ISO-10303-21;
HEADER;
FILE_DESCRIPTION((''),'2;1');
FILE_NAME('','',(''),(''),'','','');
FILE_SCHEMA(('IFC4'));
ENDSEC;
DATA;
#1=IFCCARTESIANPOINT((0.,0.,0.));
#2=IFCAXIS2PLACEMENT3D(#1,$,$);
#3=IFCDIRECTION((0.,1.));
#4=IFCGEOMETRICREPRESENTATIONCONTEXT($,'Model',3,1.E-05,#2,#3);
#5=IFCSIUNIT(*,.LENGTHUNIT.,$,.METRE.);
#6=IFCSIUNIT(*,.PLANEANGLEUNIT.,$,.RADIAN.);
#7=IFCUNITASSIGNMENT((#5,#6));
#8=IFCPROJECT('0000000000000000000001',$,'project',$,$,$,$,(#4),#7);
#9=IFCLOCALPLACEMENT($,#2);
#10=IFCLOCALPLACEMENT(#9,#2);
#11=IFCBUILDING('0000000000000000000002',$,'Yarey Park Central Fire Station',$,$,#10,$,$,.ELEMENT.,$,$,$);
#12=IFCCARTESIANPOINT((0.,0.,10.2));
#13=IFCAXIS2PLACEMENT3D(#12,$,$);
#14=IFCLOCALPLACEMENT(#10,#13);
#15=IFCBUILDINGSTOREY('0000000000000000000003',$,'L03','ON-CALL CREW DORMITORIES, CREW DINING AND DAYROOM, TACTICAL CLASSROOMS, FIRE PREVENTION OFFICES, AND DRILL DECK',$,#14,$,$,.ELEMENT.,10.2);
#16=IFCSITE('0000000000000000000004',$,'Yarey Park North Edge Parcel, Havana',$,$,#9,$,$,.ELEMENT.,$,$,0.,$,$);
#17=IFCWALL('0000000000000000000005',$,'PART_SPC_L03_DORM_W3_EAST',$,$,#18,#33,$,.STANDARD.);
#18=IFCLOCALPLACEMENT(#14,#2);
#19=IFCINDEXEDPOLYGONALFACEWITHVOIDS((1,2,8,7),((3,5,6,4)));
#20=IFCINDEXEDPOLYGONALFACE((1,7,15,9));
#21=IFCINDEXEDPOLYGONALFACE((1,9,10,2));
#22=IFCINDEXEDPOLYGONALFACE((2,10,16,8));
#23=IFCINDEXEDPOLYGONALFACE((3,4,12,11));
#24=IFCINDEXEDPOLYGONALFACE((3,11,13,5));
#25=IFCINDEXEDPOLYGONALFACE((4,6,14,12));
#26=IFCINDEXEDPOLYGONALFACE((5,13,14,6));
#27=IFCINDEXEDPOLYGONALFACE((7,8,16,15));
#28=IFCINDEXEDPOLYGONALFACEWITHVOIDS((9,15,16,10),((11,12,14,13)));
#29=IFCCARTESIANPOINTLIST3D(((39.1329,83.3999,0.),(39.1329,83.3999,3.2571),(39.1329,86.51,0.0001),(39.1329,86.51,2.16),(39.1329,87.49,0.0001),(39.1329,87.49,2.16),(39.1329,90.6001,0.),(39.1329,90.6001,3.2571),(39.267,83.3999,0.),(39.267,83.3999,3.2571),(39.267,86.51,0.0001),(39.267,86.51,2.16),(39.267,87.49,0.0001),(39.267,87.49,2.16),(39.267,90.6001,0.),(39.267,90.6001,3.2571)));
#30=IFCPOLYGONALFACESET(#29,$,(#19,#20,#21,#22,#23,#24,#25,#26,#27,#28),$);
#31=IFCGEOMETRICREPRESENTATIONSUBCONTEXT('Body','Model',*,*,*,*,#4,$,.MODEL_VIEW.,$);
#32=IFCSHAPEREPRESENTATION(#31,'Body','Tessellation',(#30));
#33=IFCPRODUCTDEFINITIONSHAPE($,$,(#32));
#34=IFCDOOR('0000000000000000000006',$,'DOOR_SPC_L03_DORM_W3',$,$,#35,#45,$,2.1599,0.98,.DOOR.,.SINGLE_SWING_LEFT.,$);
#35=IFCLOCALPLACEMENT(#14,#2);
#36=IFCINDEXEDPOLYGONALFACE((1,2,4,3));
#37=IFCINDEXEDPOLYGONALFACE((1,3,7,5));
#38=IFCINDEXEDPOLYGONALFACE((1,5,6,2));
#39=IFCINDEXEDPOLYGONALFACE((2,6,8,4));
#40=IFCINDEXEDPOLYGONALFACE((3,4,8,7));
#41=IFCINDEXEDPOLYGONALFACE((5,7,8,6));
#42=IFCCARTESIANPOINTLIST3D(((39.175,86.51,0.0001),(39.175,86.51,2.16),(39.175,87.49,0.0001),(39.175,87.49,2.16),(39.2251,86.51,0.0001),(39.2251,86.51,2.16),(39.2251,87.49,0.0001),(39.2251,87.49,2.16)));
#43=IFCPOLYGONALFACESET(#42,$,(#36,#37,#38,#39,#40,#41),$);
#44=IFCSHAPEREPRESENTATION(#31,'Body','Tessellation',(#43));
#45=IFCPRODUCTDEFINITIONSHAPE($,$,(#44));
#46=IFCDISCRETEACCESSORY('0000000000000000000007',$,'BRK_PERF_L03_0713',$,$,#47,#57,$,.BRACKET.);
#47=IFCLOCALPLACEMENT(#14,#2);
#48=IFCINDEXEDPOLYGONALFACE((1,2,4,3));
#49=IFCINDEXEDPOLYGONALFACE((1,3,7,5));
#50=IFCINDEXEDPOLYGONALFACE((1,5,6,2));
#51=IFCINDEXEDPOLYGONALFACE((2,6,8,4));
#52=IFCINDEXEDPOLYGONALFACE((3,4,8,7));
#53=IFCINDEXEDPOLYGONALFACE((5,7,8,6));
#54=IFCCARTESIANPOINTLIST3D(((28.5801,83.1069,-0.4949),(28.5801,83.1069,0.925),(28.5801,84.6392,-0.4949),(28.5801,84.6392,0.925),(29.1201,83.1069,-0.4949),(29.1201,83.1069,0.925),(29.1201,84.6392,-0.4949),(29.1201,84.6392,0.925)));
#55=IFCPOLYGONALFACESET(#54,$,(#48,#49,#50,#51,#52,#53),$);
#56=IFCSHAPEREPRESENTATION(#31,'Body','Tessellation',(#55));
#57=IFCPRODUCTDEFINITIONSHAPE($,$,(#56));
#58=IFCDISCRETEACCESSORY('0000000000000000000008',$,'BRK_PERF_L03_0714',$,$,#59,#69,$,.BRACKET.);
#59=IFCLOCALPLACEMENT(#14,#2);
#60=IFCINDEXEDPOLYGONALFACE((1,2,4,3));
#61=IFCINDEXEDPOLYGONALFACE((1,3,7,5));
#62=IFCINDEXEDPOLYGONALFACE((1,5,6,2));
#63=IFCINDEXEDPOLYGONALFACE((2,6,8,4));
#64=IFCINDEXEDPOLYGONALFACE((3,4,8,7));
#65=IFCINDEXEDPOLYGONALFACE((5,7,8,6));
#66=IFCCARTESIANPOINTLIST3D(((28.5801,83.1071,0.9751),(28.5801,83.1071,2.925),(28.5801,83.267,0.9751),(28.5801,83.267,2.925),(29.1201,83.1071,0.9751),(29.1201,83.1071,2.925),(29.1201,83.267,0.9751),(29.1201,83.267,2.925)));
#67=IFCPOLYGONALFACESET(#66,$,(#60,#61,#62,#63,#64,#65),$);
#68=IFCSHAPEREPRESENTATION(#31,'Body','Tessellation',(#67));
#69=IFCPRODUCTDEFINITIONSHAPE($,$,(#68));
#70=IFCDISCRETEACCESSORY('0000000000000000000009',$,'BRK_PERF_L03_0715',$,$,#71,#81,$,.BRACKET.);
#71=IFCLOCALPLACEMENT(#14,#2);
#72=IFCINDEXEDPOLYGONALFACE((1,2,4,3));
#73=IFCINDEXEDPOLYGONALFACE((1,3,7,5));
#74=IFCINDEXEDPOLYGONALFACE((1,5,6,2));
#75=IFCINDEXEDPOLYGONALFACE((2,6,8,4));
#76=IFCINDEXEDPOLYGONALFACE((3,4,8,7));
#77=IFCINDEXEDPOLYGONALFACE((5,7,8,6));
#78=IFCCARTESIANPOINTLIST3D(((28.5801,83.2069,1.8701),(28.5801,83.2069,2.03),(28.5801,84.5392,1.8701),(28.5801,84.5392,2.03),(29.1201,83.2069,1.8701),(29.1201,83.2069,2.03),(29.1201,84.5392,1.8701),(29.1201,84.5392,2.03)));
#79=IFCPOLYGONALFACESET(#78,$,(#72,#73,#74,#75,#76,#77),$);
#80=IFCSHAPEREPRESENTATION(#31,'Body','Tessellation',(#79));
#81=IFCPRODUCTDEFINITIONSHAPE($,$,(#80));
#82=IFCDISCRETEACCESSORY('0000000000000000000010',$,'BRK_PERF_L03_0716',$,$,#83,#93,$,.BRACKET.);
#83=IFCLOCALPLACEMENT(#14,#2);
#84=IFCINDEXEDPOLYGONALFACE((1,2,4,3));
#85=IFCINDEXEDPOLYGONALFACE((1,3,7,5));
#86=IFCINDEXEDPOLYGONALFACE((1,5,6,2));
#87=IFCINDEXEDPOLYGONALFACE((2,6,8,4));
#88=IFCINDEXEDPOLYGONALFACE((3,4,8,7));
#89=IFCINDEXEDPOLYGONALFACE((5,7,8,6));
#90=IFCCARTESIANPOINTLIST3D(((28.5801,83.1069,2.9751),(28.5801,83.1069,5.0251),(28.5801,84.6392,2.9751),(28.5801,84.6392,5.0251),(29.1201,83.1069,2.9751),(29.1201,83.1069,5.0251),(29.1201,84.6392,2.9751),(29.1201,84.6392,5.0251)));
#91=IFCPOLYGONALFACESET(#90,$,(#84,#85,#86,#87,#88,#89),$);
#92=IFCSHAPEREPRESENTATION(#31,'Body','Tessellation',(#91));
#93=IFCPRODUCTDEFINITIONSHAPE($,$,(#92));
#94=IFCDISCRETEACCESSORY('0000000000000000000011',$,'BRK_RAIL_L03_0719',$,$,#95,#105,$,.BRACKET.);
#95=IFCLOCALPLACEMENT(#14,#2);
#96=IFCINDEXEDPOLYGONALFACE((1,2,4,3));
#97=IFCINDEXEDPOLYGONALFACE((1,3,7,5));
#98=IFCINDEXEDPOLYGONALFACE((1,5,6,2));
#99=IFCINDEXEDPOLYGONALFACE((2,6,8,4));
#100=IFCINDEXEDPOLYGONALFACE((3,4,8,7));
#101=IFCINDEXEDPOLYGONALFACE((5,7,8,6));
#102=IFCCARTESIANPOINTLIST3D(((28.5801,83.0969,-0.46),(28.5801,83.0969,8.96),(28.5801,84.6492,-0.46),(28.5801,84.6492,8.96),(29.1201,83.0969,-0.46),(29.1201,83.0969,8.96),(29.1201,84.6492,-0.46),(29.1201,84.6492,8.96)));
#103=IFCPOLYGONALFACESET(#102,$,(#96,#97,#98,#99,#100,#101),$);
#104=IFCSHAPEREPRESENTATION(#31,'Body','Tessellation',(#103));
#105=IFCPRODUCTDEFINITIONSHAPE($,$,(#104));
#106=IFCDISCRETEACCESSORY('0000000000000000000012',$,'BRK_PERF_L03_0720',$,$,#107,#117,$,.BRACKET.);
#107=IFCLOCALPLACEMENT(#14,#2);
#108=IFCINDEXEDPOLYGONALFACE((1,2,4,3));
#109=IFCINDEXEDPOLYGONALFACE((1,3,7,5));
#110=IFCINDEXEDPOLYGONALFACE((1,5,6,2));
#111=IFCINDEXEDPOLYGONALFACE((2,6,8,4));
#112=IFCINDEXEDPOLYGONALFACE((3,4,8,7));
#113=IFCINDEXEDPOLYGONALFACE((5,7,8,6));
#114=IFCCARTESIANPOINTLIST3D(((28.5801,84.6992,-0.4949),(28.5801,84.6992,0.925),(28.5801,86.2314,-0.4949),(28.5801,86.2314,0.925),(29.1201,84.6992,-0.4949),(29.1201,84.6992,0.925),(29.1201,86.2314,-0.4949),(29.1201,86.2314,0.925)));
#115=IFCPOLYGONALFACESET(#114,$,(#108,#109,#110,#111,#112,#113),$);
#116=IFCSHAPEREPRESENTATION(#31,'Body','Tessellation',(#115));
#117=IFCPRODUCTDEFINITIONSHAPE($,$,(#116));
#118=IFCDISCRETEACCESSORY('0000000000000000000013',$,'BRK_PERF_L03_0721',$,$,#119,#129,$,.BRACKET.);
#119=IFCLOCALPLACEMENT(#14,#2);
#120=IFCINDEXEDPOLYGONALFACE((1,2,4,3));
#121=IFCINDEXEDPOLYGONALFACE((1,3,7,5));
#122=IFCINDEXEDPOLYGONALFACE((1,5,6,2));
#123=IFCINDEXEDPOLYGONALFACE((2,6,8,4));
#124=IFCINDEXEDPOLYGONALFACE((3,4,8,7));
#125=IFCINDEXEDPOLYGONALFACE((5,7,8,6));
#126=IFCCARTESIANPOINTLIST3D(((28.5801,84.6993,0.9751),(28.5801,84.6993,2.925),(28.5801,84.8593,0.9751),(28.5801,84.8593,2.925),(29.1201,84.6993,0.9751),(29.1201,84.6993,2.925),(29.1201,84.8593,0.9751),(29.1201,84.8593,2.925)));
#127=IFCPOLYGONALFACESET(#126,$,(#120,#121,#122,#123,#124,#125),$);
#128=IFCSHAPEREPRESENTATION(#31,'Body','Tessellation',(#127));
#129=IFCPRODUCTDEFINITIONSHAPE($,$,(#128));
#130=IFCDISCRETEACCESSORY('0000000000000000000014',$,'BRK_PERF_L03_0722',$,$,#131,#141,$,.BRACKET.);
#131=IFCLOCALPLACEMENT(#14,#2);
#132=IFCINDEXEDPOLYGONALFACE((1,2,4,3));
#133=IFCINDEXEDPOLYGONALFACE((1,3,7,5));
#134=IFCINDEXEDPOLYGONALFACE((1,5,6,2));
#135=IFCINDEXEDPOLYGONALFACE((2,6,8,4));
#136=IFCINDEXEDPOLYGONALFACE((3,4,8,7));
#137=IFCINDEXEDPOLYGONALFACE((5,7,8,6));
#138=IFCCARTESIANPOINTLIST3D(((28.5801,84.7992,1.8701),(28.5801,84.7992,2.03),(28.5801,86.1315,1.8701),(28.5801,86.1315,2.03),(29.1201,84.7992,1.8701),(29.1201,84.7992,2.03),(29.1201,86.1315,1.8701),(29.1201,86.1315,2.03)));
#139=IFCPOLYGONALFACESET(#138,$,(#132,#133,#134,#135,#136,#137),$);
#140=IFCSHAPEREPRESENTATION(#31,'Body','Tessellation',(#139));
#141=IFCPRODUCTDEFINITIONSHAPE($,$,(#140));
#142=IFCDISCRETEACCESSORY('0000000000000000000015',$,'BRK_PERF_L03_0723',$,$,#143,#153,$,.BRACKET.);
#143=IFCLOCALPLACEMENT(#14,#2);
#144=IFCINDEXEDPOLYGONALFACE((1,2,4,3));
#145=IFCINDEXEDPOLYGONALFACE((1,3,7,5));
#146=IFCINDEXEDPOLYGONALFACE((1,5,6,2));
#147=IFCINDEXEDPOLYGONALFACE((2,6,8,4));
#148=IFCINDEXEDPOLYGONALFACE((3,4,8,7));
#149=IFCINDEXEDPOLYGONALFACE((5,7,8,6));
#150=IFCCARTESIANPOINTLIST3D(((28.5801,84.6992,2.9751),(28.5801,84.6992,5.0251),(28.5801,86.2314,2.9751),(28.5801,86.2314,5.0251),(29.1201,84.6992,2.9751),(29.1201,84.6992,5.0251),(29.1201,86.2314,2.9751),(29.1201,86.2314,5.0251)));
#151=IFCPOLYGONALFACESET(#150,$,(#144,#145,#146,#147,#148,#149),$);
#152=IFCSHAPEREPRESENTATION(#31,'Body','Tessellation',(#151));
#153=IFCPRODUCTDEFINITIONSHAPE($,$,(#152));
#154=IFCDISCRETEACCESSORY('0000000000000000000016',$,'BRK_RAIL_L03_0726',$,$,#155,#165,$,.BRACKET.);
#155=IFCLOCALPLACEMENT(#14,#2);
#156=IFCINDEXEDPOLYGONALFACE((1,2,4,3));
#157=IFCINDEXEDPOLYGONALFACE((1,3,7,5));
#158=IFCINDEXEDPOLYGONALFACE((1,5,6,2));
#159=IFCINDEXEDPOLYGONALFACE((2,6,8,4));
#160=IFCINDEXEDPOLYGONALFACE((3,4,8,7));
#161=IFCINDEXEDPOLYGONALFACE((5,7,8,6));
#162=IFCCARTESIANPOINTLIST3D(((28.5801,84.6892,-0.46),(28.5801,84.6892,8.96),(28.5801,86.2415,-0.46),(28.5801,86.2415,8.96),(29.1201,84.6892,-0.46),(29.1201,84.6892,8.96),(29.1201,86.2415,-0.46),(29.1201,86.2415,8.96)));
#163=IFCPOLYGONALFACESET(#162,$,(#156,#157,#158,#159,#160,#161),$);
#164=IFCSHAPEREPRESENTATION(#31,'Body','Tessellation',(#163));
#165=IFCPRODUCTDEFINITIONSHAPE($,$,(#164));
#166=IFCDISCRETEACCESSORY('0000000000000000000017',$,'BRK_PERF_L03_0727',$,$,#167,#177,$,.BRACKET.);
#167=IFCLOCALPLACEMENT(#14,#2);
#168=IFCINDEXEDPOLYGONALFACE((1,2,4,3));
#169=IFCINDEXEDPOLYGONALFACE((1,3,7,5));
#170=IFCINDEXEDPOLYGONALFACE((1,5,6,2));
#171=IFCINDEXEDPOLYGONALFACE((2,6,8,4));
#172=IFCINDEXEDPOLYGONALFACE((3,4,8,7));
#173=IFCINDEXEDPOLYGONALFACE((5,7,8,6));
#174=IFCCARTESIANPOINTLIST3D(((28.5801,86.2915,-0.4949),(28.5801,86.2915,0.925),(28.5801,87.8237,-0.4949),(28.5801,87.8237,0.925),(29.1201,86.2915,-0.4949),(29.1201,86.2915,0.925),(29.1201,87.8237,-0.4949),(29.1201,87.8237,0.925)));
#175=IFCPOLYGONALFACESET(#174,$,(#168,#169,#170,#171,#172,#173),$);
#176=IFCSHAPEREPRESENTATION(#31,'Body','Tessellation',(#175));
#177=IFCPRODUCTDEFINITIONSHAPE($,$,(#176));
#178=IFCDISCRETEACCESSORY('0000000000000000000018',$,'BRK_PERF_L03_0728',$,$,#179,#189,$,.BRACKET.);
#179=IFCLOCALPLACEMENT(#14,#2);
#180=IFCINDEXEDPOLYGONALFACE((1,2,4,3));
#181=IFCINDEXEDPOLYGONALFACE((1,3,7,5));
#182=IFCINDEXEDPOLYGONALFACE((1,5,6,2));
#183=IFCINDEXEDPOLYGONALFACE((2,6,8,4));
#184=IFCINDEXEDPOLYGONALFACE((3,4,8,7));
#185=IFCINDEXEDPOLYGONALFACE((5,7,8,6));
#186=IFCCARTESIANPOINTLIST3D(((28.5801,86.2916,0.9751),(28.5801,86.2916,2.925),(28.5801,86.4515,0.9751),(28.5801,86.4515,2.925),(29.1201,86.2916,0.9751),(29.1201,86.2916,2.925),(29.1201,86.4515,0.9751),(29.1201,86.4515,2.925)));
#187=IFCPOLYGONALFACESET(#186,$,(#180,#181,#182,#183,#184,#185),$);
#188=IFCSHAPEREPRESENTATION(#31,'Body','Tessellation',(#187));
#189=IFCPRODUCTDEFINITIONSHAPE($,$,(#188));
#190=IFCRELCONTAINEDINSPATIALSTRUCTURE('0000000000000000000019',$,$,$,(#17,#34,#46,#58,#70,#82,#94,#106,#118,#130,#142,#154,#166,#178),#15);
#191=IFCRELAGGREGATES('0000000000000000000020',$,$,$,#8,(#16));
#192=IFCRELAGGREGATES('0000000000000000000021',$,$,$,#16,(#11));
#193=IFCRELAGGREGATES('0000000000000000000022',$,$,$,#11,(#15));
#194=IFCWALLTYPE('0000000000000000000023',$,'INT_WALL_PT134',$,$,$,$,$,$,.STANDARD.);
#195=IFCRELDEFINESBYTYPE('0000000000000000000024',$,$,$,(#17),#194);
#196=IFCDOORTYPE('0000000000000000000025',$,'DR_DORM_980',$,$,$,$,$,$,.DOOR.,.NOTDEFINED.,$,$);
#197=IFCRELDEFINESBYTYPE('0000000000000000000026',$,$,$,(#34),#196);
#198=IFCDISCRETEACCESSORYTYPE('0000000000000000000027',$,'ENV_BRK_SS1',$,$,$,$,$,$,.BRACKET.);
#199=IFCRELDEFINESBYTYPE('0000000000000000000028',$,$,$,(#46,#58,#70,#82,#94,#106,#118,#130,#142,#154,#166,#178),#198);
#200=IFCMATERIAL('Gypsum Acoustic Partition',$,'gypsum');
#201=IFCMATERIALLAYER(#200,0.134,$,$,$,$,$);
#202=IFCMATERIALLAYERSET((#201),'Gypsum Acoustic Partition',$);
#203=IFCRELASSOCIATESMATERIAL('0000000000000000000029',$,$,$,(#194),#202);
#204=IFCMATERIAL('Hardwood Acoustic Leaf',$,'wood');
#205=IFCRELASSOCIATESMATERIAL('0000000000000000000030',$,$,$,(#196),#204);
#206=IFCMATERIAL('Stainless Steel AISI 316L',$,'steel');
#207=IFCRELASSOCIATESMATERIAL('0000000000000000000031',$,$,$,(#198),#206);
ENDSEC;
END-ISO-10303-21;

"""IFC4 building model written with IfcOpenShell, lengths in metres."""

from ifc_helpers import new_model, si_unit, direction, frame, frame_2d, origin, origin_2d, place, context, subcontext, project, spatial, rectangle, extrude, material, layer, layer_set, type_object, element, fill, save


model = new_model("IFC4")

# Units and contexts
model_context = context("Model", 3, precision=1e-05, world=origin(), true_north=direction((0.0, 1.0)))
body_context = subcontext(model_context, "Body", "Model", "MODEL_VIEW")
ifc_project = project(units=[si_unit("LENGTHUNIT", "METRE"), si_unit("PLANEANGLEUNIT", "RADIAN")], contexts=[model_context])

# Site, building, storey
site_placement = place(None, origin())
site = spatial("IfcSite", under=ifc_project, at=site_placement, Name="Yarey Park North Edge Parcel, Havana", CompositionType="ELEMENT", RefElevation=0.0)
building_placement = place(site_placement, origin())
building = spatial("IfcBuilding", under=site, at=building_placement, Name="Yarey Park Central Fire Station", CompositionType="ELEMENT")
storey_placement = place(building_placement, frame((0.0, 0.0, 10.2)))
storey = spatial("IfcBuildingStorey", under=building, at=storey_placement, Name="L03", Description="ON-CALL CREW DORMITORIES, CREW DINING AND DAYROOM, TACTICAL CLASSROOMS, FIRE PREVENTION OFFICES, AND DRILL DECK", CompositionType="ELEMENT", Elevation=10.2)

# Shared definitions
ifc_material_1 = material(Name="Gypsum Acoustic Partition", Category="gypsum")

# Wall, opening, door
ifc_layer_1 = layer(ifc_material_1, 0.134)
ifc_layer_set_1 = layer_set([ifc_layer_1], Name="Gypsum Acoustic Partition")
wall_type_1 = type_object("IfcWallType", Name="INT_WALL_PT134", PredefinedType="STANDARD", material=ifc_layer_set_1)
wall_1_placement = place(storey_placement, frame((39.2, 83.3999, 0.0), z_axis=(0.0, 0.0, 1.0), x_axis=(0.0, 1.0, 0.0)))
wall_1 = element("IfcWall", 1, at=wall_1_placement, inside=storey, type_object=wall_type_1, Name="PART_SPC_L03_DORM_W3_EAST", PredefinedType="STANDARD", context=body_context, shape_type="SweptSolid", body=[
    extrude(rectangle(XDim=7.2002, YDim=0.134, at=frame_2d((3.6001, 0.0))), origin(), (0.0, 0.0, 1.0), 3.2571),
])
opening_placement = place(wall_1_placement, frame((3.1101, 0.0, 0.0)))
opening = element("IfcOpeningElement", 2, at=opening_placement, cuts=wall_1, PredefinedType="OPENING", context=body_context, shape_type="SweptSolid", body=[
    extrude(rectangle(XDim=0.98, YDim=2.1599, at=frame_2d((0.49, 1.0801))), frame((0.0, 0.0769, 0.0), z_axis=(0.0, -1.0, 0.0), x_axis=(1.0, 0.0, 0.0)), (0.0, 0.0, 1.0), 0.1541),
])
ifc_material_2 = material(Name="Hardwood Acoustic Leaf", Category="wood")
door_type = type_object("IfcDoorType", Name="DR_DORM_980", OperationType="NOTDEFINED", PredefinedType="DOOR", material=ifc_material_2)
door_placement = place(opening_placement, origin())
door = element("IfcDoor", 3, at=door_placement, inside=storey, type_object=door_type, Name="DOOR_SPC_L03_DORM_W3", OperationType="SINGLE_SWING_LEFT", OverallHeight=2.1599, OverallWidth=0.98, PredefinedType="DOOR", context=body_context, shape_type="SweptSolid", body=[
    extrude(rectangle(XDim=0.98, YDim=2.1599, at=frame_2d((0.49, 1.0801))), frame((0.0, 0.0249, 0.0), z_axis=(0.0, -1.0, 0.0), x_axis=(1.0, 0.0, 0.0)), (0.0, 0.0, 1.0), 0.05),
])
fill(opening, door)

# Discrete accessories
ifc_material_3 = material(Name="Stainless Steel AISI 316L", Category="steel")
discrete_accessory_type = type_object("IfcDiscreteAccessoryType", Name="ENV_BRK_SS1", PredefinedType="BRACKET", material=ifc_material_3)
discrete_accessory_1_placement = place(storey_placement, frame((28.8501, 83.873, -0.4949), z_axis=(0.0, 0.0, 1.0), x_axis=(1.0, 0.0, 0.0)))
element("IfcDiscreteAccessory", 4, at=discrete_accessory_1_placement, inside=storey, type_object=discrete_accessory_type, Name="BRK_PERF_L03_0713", PredefinedType="BRACKET", context=body_context, shape_type="SweptSolid", body=[
    extrude(rectangle(XDim=0.54, YDim=1.5322, at=origin_2d()), origin(), (0.0, 0.0, 1.0), 1.4199),
])
discrete_accessory_2_placement = place(storey_placement, frame((28.8501, 83.187, 0.9751), z_axis=(0.0, 0.0, 1.0), x_axis=(1.0, 0.0, 0.0)))
element("IfcDiscreteAccessory", 5, at=discrete_accessory_2_placement, inside=storey, type_object=discrete_accessory_type, Name="BRK_PERF_L03_0714", PredefinedType="BRACKET", context=body_context, shape_type="SweptSolid", body=[
    extrude(rectangle(XDim=0.54, YDim=0.1599, at=origin_2d()), origin(), (0.0, 0.0, 1.0), 1.95),
])
discrete_accessory_3_placement = place(storey_placement, frame((28.8501, 83.873, 1.8701), z_axis=(0.0, 0.0, 1.0), x_axis=(1.0, 0.0, 0.0)))
element("IfcDiscreteAccessory", 6, at=discrete_accessory_3_placement, inside=storey, type_object=discrete_accessory_type, Name="BRK_PERF_L03_0715", PredefinedType="BRACKET", context=body_context, shape_type="SweptSolid", body=[
    extrude(rectangle(XDim=0.54, YDim=1.3323, at=origin_2d()), origin(), (0.0, 0.0, 1.0), 0.1599),
])
discrete_accessory_4_placement = place(storey_placement, frame((28.8501, 83.873, 2.9751), z_axis=(0.0, 0.0, 1.0), x_axis=(1.0, 0.0, 0.0)))
element("IfcDiscreteAccessory", 7, at=discrete_accessory_4_placement, inside=storey, type_object=discrete_accessory_type, Name="BRK_PERF_L03_0716", PredefinedType="BRACKET", context=body_context, shape_type="SweptSolid", body=[
    extrude(rectangle(XDim=0.54, YDim=1.5322, at=origin_2d()), origin(), (0.0, 0.0, 1.0), 2.05),
])
discrete_accessory_5_placement = place(storey_placement, frame((28.8501, 83.873, -0.46), z_axis=(0.0, 0.0, 1.0), x_axis=(1.0, 0.0, 0.0)))
element("IfcDiscreteAccessory", 8, at=discrete_accessory_5_placement, inside=storey, type_object=discrete_accessory_type, Name="BRK_RAIL_L03_0719", PredefinedType="BRACKET", context=body_context, shape_type="SweptSolid", body=[
    extrude(rectangle(XDim=0.54, YDim=1.5522, at=origin_2d()), origin(), (0.0, 0.0, 1.0), 9.4199),
])
discrete_accessory_6_placement = place(storey_placement, frame((28.8501, 85.4653, -0.4949), z_axis=(0.0, 0.0, 1.0), x_axis=(1.0, 0.0, 0.0)))
element("IfcDiscreteAccessory", 9, at=discrete_accessory_6_placement, inside=storey, type_object=discrete_accessory_type, Name="BRK_PERF_L03_0720", PredefinedType="BRACKET", context=body_context, shape_type="SweptSolid", body=[
    extrude(rectangle(XDim=0.54, YDim=1.5322, at=origin_2d()), origin(), (0.0, 0.0, 1.0), 1.4199),
])
discrete_accessory_7_placement = place(storey_placement, frame((28.8501, 84.7793, 0.9751), z_axis=(0.0, 0.0, 1.0), x_axis=(1.0, 0.0, 0.0)))
element("IfcDiscreteAccessory", 10, at=discrete_accessory_7_placement, inside=storey, type_object=discrete_accessory_type, Name="BRK_PERF_L03_0721", PredefinedType="BRACKET", context=body_context, shape_type="SweptSolid", body=[
    extrude(rectangle(XDim=0.54, YDim=0.1599, at=origin_2d()), origin(), (0.0, 0.0, 1.0), 1.95),
])
discrete_accessory_8_placement = place(storey_placement, frame((28.8501, 85.4653, 1.8701), z_axis=(0.0, 0.0, 1.0), x_axis=(1.0, 0.0, 0.0)))
element("IfcDiscreteAccessory", 11, at=discrete_accessory_8_placement, inside=storey, type_object=discrete_accessory_type, Name="BRK_PERF_L03_0722", PredefinedType="BRACKET", context=body_context, shape_type="SweptSolid", body=[
    extrude(rectangle(XDim=0.54, YDim=1.3323, at=origin_2d()), origin(), (0.0, 0.0, 1.0), 0.1599),
])
discrete_accessory_9_placement = place(storey_placement, frame((28.8501, 85.4653, 2.9751), z_axis=(0.0, 0.0, 1.0), x_axis=(1.0, 0.0, 0.0)))
element("IfcDiscreteAccessory", 12, at=discrete_accessory_9_placement, inside=storey, type_object=discrete_accessory_type, Name="BRK_PERF_L03_0723", PredefinedType="BRACKET", context=body_context, shape_type="SweptSolid", body=[
    extrude(rectangle(XDim=0.54, YDim=1.5322, at=origin_2d()), origin(), (0.0, 0.0, 1.0), 2.05),
])
discrete_accessory_10_placement = place(storey_placement, frame((28.8501, 85.4653, -0.46), z_axis=(0.0, 0.0, 1.0), x_axis=(1.0, 0.0, 0.0)))
element("IfcDiscreteAccessory", 13, at=discrete_accessory_10_placement, inside=storey, type_object=discrete_accessory_type, Name="BRK_RAIL_L03_0726", PredefinedType="BRACKET", context=body_context, shape_type="SweptSolid", body=[
    extrude(rectangle(XDim=0.54, YDim=1.5522, at=origin_2d()), origin(), (0.0, 0.0, 1.0), 9.4199),
])
discrete_accessory_11_placement = place(storey_placement, frame((28.8501, 87.0576, -0.4949), z_axis=(0.0, 0.0, 1.0), x_axis=(1.0, 0.0, 0.0)))
element("IfcDiscreteAccessory", 14, at=discrete_accessory_11_placement, inside=storey, type_object=discrete_accessory_type, Name="BRK_PERF_L03_0727", PredefinedType="BRACKET", context=body_context, shape_type="SweptSolid", body=[
    extrude(rectangle(XDim=0.54, YDim=1.5322, at=origin_2d()), origin(), (0.0, 0.0, 1.0), 1.4199),
])
discrete_accessory_12_placement = place(storey_placement, frame((28.8501, 86.3716, 0.9751), z_axis=(0.0, 0.0, 1.0), x_axis=(1.0, 0.0, 0.0)))
element("IfcDiscreteAccessory", 15, at=discrete_accessory_12_placement, inside=storey, type_object=discrete_accessory_type, Name="BRK_PERF_L03_0728", PredefinedType="BRACKET", context=body_context, shape_type="SweptSolid", body=[
    extrude(rectangle(XDim=0.54, YDim=0.1599, at=origin_2d()), origin(), (0.0, 0.0, 1.0), 1.95),
])

save(model, "model.ifc")
